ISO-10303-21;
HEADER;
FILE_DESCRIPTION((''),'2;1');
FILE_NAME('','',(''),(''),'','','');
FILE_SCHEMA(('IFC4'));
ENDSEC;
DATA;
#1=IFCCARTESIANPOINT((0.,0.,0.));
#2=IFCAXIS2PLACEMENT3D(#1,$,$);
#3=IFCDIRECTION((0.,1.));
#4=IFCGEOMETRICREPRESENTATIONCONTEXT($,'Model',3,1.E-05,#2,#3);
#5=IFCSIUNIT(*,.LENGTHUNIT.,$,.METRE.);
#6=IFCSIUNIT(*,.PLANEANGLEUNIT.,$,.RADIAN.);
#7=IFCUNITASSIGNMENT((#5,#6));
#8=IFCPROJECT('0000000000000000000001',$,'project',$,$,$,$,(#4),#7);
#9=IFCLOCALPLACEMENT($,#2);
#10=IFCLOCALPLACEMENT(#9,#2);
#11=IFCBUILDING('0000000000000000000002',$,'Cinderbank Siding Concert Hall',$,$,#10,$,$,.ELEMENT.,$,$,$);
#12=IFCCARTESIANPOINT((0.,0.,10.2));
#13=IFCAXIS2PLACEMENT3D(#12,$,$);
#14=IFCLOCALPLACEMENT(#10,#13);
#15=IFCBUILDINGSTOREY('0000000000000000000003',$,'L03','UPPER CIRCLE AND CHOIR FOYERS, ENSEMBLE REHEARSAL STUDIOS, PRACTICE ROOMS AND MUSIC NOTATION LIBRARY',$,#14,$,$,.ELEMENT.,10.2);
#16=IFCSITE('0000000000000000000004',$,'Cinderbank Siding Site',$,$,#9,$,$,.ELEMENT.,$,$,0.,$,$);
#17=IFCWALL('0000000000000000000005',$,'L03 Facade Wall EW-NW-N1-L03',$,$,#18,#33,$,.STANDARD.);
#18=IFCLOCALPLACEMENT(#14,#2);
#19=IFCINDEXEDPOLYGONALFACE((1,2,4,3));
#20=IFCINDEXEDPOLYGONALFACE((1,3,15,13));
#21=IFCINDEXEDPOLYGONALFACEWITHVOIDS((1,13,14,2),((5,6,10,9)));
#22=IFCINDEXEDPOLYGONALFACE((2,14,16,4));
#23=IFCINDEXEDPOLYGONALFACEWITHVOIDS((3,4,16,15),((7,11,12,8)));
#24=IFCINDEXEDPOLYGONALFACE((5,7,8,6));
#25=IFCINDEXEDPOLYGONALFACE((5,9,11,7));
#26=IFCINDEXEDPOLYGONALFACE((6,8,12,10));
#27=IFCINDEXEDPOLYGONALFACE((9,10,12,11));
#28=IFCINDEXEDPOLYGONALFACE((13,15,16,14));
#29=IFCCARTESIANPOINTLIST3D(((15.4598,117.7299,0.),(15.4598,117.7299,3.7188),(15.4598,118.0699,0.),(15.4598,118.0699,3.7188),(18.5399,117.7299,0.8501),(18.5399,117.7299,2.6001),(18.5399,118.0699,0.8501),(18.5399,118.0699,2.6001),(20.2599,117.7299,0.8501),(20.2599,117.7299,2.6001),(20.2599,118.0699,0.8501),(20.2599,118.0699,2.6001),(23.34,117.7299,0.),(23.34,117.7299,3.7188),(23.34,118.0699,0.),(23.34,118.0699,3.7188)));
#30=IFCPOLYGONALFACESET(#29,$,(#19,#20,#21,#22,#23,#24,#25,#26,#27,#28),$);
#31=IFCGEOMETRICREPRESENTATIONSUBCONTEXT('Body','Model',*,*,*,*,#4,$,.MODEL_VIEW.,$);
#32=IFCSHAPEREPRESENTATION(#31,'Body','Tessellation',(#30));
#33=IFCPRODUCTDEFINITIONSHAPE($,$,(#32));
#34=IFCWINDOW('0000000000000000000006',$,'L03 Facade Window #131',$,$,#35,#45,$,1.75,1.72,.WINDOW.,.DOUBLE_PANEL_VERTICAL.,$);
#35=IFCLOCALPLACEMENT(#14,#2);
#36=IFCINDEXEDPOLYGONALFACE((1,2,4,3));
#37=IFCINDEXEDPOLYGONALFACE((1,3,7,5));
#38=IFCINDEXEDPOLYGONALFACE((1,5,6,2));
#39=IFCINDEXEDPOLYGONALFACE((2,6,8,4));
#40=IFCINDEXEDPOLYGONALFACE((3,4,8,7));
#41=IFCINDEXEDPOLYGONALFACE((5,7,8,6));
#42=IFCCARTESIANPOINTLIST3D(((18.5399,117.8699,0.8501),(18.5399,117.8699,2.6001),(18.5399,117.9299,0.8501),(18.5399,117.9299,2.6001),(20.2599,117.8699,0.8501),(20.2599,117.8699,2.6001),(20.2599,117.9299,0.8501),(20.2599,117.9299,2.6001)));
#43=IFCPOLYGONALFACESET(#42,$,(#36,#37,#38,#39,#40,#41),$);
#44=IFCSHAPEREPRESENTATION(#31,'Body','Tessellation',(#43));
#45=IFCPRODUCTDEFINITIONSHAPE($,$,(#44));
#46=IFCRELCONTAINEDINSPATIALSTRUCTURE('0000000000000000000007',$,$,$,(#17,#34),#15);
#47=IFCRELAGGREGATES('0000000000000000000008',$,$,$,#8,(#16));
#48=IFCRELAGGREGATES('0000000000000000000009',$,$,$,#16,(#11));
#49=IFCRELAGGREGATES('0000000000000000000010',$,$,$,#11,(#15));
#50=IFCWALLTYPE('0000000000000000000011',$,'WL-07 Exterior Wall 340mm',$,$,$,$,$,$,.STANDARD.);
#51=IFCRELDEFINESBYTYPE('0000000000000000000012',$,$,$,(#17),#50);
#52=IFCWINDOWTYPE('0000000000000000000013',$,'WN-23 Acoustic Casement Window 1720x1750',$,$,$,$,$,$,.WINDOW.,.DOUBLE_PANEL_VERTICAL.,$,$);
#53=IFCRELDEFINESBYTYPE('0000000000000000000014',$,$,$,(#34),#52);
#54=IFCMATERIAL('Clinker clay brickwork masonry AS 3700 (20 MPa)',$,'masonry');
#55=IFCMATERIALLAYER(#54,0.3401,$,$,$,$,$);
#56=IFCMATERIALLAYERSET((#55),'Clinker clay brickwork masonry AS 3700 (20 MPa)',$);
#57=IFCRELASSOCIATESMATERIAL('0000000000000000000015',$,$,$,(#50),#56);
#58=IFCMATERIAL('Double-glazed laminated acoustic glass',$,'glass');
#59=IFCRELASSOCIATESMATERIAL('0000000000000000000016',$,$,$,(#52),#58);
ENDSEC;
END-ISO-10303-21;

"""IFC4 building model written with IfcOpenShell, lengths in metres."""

from ifc_helpers import new_model, si_unit, direction, frame, frame_2d, origin, place, context, subcontext, project, spatial, rectangle, extrude, material, layer, layer_set, type_object, element, fill, save


model = new_model("IFC4")

# Units and contexts
model_context = context("Model", 3, precision=1e-05, world=origin(), true_north=direction((0.0, 1.0)))
body_context = subcontext(model_context, "Body", "Model", "MODEL_VIEW")
ifc_project = project(units=[si_unit("LENGTHUNIT", "METRE"), si_unit("PLANEANGLEUNIT", "RADIAN")], contexts=[model_context])

# Site, building, storey
site_placement = place(None, origin())
site = spatial("IfcSite", under=ifc_project, at=site_placement, Name="Cinderbank Siding Site", CompositionType="ELEMENT", RefElevation=0.0)
building_placement = place(site_placement, origin())
building = spatial("IfcBuilding", under=site, at=building_placement, Name="Cinderbank Siding Concert Hall", CompositionType="ELEMENT")
storey_placement = place(building_placement, frame((0.0, 0.0, 10.2)))
storey = spatial("IfcBuildingStorey", under=building, at=storey_placement, Name="L03", Description="UPPER CIRCLE AND CHOIR FOYERS, ENSEMBLE REHEARSAL STUDIOS, PRACTICE ROOMS AND MUSIC NOTATION LIBRARY", CompositionType="ELEMENT", Elevation=10.2)

# Wall, opening, window
ifc_material_1 = material(Name="Clinker clay brickwork masonry AS 3700 (20 MPa)", Category="masonry")
ifc_layer_1 = layer(ifc_material_1, 0.3401)
ifc_layer_set_1 = layer_set([ifc_layer_1], Name="Clinker clay brickwork masonry AS 3700 (20 MPa)")
wall_type_1 = type_object("IfcWallType", Name="WL-07 Exterior Wall 340mm", PredefinedType="STANDARD", material=ifc_layer_set_1)
ifc_material_2 = material(Name="Double-glazed laminated acoustic glass", Category="glass")
wall_1_placement = place(storey_placement, frame((15.46, 117.8999, 0.0), z_axis=(0.0, 0.0, 1.0), x_axis=(1.0, 0.0, 0.0)))
wall_1 = element("IfcWall", 1, at=wall_1_placement, inside=storey, type_object=wall_type_1, Name="L03 Facade Wall EW-NW-N1-L03", PredefinedType="STANDARD", context=body_context, shape_type="SweptSolid", body=[
    extrude(rectangle(XDim=7.8801, YDim=0.3401, at=frame_2d((3.9399, 0.0))), origin(), (0.0, 0.0, 1.0), 3.7188),
])
opening_1_placement = place(wall_1_placement, frame((3.0801, 0.0, 0.8501)))
opening_1 = element("IfcOpeningElement", 2, at=opening_1_placement, cuts=wall_1, PredefinedType="OPENING", context=body_context, shape_type="SweptSolid", body=[
    extrude(rectangle(XDim=1.72, YDim=1.75, at=frame_2d((0.8599, 0.875))), frame((0.0, 0.1821, 0.0), z_axis=(0.0, -1.0, 0.0), x_axis=(1.0, 0.0, 0.0)), (0.0, 0.0, 1.0), 0.364),
])
window_type_1 = type_object("IfcWindowType", Name="WN-23 Acoustic Casement Window 1720x1750", PartitioningType="DOUBLE_PANEL_VERTICAL", PredefinedType="WINDOW", material=ifc_material_2)
window_1_placement = place(opening_1_placement, origin())
window_1 = element("IfcWindow", 3, at=window_1_placement, inside=storey, type_object=window_type_1, Name="L03 Facade Window #131", OverallHeight=1.75, OverallWidth=1.72, PartitioningType="DOUBLE_PANEL_VERTICAL", PredefinedType="WINDOW", context=body_context, shape_type="SweptSolid", body=[
    extrude(rectangle(XDim=1.72, YDim=1.75, at=frame_2d((0.8599, 0.875))), frame((0.0, 0.03, 0.0), z_axis=(0.0, -1.0, 0.0), x_axis=(1.0, 0.0, 0.0)), (0.0, 0.0, 1.0), 0.0601),
])
fill(opening_1, window_1)

save(model, "model.ifc")
